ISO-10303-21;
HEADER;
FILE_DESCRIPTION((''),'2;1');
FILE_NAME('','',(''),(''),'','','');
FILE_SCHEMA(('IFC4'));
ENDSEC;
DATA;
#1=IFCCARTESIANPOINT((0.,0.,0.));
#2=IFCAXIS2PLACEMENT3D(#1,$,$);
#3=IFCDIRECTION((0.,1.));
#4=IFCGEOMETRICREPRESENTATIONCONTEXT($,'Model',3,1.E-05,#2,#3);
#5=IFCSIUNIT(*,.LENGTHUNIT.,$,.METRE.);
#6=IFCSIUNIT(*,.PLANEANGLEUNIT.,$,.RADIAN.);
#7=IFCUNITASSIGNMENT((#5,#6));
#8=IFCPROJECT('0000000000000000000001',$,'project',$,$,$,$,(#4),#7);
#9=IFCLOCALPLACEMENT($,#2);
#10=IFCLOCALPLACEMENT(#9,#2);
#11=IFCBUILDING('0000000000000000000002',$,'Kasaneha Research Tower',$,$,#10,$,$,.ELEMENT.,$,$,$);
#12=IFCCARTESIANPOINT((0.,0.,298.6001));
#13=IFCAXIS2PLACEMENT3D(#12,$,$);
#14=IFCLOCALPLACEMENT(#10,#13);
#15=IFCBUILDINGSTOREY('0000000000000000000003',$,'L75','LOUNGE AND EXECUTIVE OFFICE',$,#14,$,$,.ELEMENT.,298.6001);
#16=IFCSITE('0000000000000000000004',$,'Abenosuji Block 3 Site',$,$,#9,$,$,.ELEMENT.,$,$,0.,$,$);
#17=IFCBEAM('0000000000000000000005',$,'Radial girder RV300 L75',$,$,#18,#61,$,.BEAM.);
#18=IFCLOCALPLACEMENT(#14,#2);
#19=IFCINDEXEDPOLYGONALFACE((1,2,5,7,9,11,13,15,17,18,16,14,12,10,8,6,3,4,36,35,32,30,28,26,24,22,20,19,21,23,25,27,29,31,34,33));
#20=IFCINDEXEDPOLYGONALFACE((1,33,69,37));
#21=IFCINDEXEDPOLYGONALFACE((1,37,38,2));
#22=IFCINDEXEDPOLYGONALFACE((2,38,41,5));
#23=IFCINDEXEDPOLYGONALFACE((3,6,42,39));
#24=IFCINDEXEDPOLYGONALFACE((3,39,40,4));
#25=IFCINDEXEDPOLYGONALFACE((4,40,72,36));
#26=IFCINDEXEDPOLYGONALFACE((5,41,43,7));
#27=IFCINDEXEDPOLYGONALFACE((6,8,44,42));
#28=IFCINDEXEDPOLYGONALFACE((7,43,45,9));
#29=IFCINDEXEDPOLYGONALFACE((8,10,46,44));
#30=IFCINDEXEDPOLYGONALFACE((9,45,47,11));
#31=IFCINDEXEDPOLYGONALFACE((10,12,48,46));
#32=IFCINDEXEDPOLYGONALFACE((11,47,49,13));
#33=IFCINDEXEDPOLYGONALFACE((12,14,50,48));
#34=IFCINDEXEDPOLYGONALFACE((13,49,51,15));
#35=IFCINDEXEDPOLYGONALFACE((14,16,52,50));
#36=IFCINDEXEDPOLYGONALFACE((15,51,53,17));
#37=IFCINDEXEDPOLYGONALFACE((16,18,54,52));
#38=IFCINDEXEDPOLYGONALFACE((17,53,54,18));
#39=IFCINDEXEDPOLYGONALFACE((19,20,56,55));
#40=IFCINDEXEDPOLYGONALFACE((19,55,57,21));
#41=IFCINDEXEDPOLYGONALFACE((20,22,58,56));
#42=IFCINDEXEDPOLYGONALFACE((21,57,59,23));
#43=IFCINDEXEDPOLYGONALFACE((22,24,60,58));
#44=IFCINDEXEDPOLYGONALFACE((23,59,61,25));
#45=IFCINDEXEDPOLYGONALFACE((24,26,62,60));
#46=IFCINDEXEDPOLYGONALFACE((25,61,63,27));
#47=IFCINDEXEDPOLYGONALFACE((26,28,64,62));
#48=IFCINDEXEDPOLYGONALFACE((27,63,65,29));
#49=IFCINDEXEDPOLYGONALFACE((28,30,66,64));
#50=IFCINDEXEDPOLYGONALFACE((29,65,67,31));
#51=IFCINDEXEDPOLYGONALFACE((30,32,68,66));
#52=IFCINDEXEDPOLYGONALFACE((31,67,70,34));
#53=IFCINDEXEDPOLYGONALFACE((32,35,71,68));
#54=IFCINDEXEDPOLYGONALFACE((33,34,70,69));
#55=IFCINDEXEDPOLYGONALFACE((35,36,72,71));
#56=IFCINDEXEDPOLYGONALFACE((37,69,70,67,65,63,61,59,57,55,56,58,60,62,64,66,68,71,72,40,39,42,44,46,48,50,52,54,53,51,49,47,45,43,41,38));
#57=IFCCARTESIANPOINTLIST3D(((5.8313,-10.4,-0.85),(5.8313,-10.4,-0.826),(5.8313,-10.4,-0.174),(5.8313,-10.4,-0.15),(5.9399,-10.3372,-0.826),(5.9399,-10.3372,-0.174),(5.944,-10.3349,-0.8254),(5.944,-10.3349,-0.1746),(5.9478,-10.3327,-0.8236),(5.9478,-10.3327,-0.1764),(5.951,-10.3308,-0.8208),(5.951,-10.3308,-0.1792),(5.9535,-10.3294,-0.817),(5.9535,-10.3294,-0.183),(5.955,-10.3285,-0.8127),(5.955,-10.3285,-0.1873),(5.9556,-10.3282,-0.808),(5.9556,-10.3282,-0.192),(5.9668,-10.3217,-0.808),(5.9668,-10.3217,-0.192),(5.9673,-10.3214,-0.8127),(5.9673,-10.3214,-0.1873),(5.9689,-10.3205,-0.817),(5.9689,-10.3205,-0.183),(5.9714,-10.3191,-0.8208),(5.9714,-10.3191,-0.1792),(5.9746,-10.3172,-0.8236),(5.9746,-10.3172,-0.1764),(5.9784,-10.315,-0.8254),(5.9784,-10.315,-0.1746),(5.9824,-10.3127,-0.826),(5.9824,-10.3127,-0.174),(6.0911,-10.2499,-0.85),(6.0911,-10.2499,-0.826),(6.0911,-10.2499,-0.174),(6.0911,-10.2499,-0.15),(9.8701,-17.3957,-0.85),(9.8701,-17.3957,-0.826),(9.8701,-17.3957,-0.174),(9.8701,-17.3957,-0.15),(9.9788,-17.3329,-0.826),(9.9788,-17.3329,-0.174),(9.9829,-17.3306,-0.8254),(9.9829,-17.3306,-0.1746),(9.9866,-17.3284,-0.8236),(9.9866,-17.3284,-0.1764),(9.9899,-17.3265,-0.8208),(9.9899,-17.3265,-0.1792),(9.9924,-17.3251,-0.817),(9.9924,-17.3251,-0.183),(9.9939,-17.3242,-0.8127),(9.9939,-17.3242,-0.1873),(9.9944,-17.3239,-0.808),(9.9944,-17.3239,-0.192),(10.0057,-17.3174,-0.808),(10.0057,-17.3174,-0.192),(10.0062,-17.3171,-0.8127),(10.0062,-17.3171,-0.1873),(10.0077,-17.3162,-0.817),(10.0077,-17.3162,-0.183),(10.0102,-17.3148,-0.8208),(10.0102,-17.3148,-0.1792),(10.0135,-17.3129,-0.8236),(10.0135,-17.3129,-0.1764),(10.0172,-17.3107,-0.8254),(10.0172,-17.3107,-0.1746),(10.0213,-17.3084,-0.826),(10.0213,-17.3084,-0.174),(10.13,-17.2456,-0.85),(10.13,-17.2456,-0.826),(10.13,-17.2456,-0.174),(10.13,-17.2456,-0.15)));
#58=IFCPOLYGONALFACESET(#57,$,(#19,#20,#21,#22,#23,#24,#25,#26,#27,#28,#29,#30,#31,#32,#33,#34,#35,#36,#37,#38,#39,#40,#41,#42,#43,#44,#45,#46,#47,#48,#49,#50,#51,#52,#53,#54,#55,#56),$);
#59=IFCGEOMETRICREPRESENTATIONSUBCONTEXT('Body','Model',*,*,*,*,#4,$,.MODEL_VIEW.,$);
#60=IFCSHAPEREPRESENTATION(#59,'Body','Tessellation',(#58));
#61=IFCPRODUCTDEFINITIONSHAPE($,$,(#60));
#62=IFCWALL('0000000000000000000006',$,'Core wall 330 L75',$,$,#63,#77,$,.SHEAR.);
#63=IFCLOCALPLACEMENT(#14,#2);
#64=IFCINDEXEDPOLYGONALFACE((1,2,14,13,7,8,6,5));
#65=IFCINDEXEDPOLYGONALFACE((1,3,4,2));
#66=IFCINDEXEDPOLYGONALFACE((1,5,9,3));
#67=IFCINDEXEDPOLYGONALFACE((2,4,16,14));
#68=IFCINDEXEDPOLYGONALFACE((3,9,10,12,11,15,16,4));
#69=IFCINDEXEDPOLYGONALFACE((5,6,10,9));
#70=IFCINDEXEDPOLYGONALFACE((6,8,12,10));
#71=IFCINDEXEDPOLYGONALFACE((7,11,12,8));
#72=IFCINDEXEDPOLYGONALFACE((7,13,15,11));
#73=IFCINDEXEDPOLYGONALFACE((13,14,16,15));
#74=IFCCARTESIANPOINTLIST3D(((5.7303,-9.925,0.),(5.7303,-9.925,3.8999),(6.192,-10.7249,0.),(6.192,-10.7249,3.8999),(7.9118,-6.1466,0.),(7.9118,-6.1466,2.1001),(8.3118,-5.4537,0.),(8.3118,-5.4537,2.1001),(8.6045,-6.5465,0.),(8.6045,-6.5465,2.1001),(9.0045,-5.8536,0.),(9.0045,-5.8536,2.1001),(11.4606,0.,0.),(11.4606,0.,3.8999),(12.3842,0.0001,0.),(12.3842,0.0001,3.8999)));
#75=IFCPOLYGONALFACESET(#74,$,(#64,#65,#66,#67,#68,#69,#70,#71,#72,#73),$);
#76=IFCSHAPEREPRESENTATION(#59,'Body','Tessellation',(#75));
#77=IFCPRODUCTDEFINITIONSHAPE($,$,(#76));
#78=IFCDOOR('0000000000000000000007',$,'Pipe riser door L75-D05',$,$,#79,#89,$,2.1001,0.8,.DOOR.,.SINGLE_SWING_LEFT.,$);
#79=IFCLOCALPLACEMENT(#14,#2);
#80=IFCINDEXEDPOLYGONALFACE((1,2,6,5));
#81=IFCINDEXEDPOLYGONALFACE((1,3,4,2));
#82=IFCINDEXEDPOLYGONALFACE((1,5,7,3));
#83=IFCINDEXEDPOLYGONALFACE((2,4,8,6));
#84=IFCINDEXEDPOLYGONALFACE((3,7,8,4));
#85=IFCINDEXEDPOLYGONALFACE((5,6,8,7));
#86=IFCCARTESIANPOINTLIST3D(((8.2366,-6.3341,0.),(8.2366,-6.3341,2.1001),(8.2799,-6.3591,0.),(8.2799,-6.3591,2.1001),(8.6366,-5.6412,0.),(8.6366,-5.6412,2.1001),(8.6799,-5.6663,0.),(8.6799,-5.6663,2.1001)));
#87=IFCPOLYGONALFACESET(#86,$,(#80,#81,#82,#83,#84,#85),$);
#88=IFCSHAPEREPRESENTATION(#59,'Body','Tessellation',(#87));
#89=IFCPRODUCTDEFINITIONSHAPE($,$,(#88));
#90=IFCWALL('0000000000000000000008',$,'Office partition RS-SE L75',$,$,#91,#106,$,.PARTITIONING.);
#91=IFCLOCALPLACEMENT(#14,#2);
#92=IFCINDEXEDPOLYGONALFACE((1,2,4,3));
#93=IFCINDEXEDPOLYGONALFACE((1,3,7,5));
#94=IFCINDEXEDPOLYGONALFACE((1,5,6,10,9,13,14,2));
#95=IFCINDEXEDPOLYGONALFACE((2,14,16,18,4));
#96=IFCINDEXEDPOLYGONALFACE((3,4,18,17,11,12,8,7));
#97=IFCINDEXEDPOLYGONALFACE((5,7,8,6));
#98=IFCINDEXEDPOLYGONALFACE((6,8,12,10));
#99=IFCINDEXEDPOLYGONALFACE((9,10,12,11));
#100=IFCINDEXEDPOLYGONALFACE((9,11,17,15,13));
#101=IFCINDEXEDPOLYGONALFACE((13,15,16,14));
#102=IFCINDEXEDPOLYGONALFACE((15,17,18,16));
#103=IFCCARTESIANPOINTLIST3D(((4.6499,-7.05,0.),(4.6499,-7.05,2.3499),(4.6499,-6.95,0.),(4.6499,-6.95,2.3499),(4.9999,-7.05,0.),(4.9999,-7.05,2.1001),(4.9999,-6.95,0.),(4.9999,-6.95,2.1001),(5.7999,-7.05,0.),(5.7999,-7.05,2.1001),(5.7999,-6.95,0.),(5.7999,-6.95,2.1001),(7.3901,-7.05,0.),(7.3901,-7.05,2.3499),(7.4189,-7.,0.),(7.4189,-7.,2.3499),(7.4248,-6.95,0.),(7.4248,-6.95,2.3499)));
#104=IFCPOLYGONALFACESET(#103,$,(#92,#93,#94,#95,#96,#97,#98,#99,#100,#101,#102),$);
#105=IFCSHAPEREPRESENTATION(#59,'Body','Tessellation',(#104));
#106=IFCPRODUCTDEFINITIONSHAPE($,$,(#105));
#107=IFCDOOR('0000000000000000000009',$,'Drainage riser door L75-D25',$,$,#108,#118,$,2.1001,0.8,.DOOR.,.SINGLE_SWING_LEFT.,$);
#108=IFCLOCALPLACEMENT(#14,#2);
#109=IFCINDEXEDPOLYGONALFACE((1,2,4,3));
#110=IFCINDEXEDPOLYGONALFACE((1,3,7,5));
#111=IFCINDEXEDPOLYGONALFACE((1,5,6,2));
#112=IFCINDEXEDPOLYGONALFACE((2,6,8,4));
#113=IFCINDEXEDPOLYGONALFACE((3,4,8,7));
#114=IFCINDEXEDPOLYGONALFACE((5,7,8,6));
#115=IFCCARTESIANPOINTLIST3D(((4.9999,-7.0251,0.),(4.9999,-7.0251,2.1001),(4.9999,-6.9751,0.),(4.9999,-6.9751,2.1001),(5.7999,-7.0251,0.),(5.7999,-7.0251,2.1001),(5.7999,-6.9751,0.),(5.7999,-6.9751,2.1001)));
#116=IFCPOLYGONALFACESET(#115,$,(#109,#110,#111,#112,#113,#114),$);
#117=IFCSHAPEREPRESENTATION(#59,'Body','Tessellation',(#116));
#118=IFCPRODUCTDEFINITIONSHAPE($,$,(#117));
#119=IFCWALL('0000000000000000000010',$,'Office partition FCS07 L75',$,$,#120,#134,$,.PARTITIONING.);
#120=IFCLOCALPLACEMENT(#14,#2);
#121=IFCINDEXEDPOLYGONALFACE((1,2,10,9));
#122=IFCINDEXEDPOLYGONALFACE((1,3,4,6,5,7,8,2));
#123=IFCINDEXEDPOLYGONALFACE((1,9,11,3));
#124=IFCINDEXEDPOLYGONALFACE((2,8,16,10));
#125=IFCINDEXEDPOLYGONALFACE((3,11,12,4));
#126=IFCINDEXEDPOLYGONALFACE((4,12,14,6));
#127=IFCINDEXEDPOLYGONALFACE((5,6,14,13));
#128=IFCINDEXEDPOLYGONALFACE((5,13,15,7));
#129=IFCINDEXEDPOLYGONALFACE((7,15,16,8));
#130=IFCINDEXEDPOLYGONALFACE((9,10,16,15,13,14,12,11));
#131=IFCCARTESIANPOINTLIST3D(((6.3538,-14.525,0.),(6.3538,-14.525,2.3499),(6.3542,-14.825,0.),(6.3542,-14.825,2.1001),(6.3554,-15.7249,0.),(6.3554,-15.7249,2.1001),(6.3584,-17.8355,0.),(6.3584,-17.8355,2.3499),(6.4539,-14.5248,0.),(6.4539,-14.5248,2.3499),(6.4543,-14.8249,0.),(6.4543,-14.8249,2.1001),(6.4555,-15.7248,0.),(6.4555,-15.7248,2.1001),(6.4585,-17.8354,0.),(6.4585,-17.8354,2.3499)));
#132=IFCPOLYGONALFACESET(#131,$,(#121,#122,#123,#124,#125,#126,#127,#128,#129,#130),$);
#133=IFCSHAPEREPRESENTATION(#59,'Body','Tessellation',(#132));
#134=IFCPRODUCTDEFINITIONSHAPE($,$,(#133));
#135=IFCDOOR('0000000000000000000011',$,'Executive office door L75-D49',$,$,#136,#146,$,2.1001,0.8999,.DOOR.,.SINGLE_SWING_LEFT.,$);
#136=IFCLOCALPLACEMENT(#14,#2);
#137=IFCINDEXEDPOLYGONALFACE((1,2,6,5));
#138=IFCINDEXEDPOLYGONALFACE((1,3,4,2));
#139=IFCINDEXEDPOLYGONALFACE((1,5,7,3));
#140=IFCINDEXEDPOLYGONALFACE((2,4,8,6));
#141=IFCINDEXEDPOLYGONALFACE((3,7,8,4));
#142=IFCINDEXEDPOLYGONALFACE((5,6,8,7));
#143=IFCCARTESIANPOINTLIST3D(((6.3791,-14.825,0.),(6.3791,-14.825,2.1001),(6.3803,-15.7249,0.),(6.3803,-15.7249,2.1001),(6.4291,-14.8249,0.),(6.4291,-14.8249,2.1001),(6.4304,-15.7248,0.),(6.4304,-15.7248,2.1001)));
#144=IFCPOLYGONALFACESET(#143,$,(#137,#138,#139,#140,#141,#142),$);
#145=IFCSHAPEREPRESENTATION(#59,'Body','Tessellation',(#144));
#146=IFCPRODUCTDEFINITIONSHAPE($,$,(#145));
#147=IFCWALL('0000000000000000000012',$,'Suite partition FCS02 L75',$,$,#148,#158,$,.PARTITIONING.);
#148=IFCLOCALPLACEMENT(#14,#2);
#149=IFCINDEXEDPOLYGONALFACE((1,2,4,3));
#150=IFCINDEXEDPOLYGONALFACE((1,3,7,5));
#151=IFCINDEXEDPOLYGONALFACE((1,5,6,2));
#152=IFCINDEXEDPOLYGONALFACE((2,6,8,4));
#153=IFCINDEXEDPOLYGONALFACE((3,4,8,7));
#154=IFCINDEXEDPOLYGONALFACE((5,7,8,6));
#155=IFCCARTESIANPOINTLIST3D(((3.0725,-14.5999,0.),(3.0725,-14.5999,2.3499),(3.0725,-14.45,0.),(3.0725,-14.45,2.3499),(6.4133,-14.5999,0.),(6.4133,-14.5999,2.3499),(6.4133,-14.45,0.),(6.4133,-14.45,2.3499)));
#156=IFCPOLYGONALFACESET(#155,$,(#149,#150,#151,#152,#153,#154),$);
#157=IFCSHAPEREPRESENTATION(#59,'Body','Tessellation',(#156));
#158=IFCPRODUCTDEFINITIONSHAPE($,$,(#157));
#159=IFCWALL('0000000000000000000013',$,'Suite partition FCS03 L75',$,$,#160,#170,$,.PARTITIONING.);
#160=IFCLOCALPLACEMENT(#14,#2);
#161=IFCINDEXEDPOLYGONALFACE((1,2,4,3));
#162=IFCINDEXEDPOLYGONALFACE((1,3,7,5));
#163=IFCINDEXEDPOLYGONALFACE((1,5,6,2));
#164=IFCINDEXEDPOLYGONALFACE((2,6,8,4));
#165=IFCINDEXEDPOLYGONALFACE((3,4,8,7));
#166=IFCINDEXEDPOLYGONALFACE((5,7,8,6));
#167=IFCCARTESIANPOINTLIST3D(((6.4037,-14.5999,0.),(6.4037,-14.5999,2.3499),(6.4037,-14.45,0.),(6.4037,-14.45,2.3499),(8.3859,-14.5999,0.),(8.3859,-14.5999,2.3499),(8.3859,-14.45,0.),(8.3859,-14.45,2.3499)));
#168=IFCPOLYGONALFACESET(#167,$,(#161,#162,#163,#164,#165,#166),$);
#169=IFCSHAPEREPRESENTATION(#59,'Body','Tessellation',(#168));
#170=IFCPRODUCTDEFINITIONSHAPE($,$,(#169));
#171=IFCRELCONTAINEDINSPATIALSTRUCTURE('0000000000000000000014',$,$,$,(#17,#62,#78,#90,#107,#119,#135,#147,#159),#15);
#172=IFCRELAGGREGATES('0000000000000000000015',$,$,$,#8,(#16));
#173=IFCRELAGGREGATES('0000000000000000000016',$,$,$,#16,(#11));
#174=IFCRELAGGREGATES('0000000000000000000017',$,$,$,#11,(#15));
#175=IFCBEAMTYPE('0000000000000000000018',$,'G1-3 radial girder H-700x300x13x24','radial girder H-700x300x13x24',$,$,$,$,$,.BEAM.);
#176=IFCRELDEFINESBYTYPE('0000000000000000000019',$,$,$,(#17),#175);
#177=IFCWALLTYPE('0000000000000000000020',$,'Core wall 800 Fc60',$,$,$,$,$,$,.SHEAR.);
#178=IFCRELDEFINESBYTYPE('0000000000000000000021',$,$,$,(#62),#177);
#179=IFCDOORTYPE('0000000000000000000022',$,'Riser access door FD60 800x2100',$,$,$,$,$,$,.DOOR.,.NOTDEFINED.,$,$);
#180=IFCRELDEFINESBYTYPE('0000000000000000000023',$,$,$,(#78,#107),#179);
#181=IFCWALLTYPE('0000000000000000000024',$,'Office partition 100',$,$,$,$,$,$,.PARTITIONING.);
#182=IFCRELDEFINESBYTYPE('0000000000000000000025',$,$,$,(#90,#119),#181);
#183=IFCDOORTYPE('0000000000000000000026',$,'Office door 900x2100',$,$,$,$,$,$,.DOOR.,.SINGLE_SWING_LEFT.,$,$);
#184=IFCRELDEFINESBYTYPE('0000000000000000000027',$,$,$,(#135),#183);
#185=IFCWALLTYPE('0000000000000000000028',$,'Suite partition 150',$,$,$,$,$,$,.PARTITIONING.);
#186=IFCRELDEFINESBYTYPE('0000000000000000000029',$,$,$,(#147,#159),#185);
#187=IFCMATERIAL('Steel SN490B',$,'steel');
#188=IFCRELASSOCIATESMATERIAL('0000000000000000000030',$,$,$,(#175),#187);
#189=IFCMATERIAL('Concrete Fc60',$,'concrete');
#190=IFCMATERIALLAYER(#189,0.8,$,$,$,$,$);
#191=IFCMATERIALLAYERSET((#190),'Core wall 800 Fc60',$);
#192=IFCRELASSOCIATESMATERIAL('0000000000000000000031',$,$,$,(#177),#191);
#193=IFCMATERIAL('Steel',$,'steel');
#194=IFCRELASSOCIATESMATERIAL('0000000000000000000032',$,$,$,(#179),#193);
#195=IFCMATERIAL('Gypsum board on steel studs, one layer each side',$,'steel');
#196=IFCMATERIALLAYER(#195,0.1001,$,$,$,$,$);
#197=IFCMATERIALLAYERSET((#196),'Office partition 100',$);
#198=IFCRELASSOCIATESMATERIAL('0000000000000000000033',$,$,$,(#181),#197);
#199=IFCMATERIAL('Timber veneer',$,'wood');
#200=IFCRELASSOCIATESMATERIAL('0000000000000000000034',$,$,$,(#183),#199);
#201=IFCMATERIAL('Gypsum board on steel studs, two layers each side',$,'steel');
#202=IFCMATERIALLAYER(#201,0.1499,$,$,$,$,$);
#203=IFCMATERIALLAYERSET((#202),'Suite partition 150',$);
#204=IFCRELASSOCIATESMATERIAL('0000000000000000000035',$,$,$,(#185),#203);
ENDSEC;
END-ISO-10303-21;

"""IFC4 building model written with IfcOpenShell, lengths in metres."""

from ifc_helpers import new_model, si_unit, direction, frame, frame_2d, origin, origin_2d, place, context, subcontext, project, spatial, polyline, rectangle, i_section, outline, extrude, material, layer, layer_set, material_profile, profile_set, type_object, element, fill, save


model = new_model("IFC4")

# Units and contexts
model_context = context("Model", 3, precision=1e-05, world=origin(), true_north=direction((0.0, 1.0)))
body_context = subcontext(model_context, "Body", "Model", "MODEL_VIEW")
ifc_project = project(units=[si_unit("LENGTHUNIT", "METRE"), si_unit("PLANEANGLEUNIT", "RADIAN")], contexts=[model_context])

# Site, building, storey
site_placement = place(None, origin())
site = spatial("IfcSite", under=ifc_project, at=site_placement, Name="Abenosuji Block 3 Site", CompositionType="ELEMENT", RefElevation=0.0)
building_placement = place(site_placement, origin())
building = spatial("IfcBuilding", under=site, at=building_placement, Name="Kasaneha Research Tower", CompositionType="ELEMENT")
storey_placement = place(building_placement, frame((0.0, 0.0, 298.6001)))
storey = spatial("IfcBuildingStorey", under=building, at=storey_placement, Name="L75", Description="LOUNGE AND EXECUTIVE OFFICE", CompositionType="ELEMENT", Elevation=298.6001)

# Beam
ifc_material_1 = material(Name="Steel SN490B", Category="steel")
ifc_material_profile_1 = material_profile(ifc_material_1, i_section(OverallWidth=0.3, OverallDepth=0.7, WebThickness=0.0129, FlangeThickness=0.0239, FilletRadius=0.0181, at=origin_2d()), Name="H-700x300x13x24")
ifc_profile_set_1 = profile_set([ifc_material_profile_1], Name="Steel SN490B")
beam_type_1 = type_object("IfcBeamType", Name="G1-3 radial girder H-700x300x13x24", Description="radial girder H-700x300x13x24", PredefinedType="BEAM", material=ifc_profile_set_1)
beam_1_placement = place(storey_placement, frame((5.9612, -10.325, -0.5), z_axis=(0.499991, -0.866031, 0.0), x_axis=(0.866031, 0.499991, 0.0)))
element("IfcBeam", 1, at=beam_1_placement, inside=storey, type_object=beam_type_1, Name="Radial girder RV300 L75", PredefinedType="BEAM", context=body_context, shape_type="SweptSolid", body=[
    extrude(i_section(OverallWidth=0.3, OverallDepth=0.7, WebThickness=0.0129, FlangeThickness=0.0239, FilletRadius=0.0181, at=origin_2d()), origin(), (0.0, 0.0, 1.0), 8.0779),
])

# Walls, openings, doors
ifc_material_2 = material(Name="Concrete Fc60", Category="concrete")
ifc_layer_1 = layer(ifc_material_2, 0.8)
ifc_layer_set_1 = layer_set([ifc_layer_1], Name="Core wall 800 Fc60")
wall_type_1 = type_object("IfcWallType", Name="Core wall 800 Fc60", PredefinedType="SHEAR", material=ifc_layer_set_1)
wall_1_placement = place(storey_placement, frame((5.9612, -10.325, 0.0), z_axis=(0.0, 0.0, 1.0), x_axis=(0.500004, 0.866023, 0.0)))
wall_1 = element("IfcWall", 2, at=wall_1_placement, inside=storey, type_object=wall_type_1, Name="Core wall 330 L75", PredefinedType="SHEAR", context=body_context, shape_type="SweptSolid", body=[
    extrude(outline(polyline([(-0.231, -0.3999), (4.594, -0.3999), (5.394, -0.3999), (12.1533, -0.3999), (11.6914, 0.3999), (5.394, 0.3999), (4.594, 0.3999), (0.231, 0.3999), (-0.231, -0.3999)])), origin(), (0.0, 0.0, 1.0), 3.8999),
])
opening_1_placement = place(wall_1_placement, frame((4.594, 0.0, 0.0)))
opening_1 = element("IfcOpeningElement", 3, at=opening_1_placement, cuts=wall_1, PredefinedType="OPENING", context=body_context, shape_type="SweptSolid", body=[
    extrude(rectangle(XDim=0.8, YDim=2.1001, at=frame_2d((0.3999, 1.05))), frame((0.0, 0.4102, 0.0), z_axis=(0.0, -1.0, 0.0), x_axis=(1.0, 0.0, 0.0)), (0.0, 0.0, 1.0), 0.8201),
])
ifc_material_3 = material(Name="Steel", Category="steel")
door_type_1 = type_object("IfcDoorType", Name="Riser access door FD60 800x2100", OperationType="NOTDEFINED", PredefinedType="DOOR", material=ifc_material_3)
door_1_placement = place(opening_1_placement, origin())
door_1 = element("IfcDoor", 4, at=door_1_placement, inside=storey, type_object=door_type_1, Name="Pipe riser door L75-D05", OperationType="SINGLE_SWING_LEFT", OverallHeight=2.1001, OverallWidth=0.8, PredefinedType="DOOR", context=body_context, shape_type="SweptSolid", body=[
    extrude(rectangle(XDim=0.8, YDim=2.1001, at=frame_2d((0.3999, 1.05))), frame((0.0, 0.0249, 0.0), z_axis=(0.0, -1.0, 0.0), x_axis=(1.0, 0.0, 0.0)), (0.0, 0.0, 1.0), 0.05),
])
fill(opening_1, door_1)
ifc_material_4 = material(Name="Gypsum board on steel studs, one layer each side", Category="steel")
ifc_layer_2 = layer(ifc_material_4, 0.1001)
ifc_layer_set_2 = layer_set([ifc_layer_2], Name="Office partition 100")
wall_type_2 = type_object("IfcWallType", Name="Office partition 100", PredefinedType="PARTITIONING", material=ifc_layer_set_2)
wall_2_placement = place(storey_placement, frame((4.6499, -7.0, 0.0), z_axis=(0.0, 0.0, 1.0), x_axis=(1.0, 0.0, 0.0)))
wall_2 = element("IfcWall", 5, at=wall_2_placement, inside=storey, type_object=wall_type_2, Name="Office partition RS-SE L75", PredefinedType="PARTITIONING", context=body_context, shape_type="SweptSolid", body=[
    extrude(outline(polyline([(0.0, -0.05), (0.3501, -0.05), (1.1501, -0.05), (2.7402, -0.05), (2.769, 0.0), (2.7749, 0.05), (1.1501, 0.05), (0.3501, 0.05), (0.0, 0.05), (0.0, -0.05)])), origin(), (0.0, 0.0, 1.0), 2.3499),
])
opening_2_placement = place(wall_2_placement, frame((0.3501, 0.0, 0.0)))
opening_2 = element("IfcOpeningElement", 6, at=opening_2_placement, cuts=wall_2, PredefinedType="OPENING", context=body_context, shape_type="SweptSolid", body=[
    extrude(rectangle(XDim=0.8, YDim=2.1001, at=frame_2d((0.3999, 1.05))), frame((0.0, 0.0601, 0.0), z_axis=(0.0, -1.0, 0.0), x_axis=(1.0, 0.0, 0.0)), (0.0, 0.0, 1.0), 0.1201),
])
door_2_placement = place(opening_2_placement, origin())
door_2 = element("IfcDoor", 7, at=door_2_placement, inside=storey, type_object=door_type_1, Name="Drainage riser door L75-D25", OperationType="SINGLE_SWING_LEFT", OverallHeight=2.1001, OverallWidth=0.8, PredefinedType="DOOR", context=body_context, shape_type="SweptSolid", body=[
    extrude(rectangle(XDim=0.8, YDim=2.1001, at=frame_2d((0.3999, 1.05))), frame((0.0, 0.0249, 0.0), z_axis=(0.0, -1.0, 0.0), x_axis=(1.0, 0.0, 0.0)), (0.0, 0.0, 1.0), 0.05),
])
fill(opening_2, door_2)
wall_3_placement = place(storey_placement, frame((6.4038, -14.5249, 0.0), z_axis=(0.0, 0.0, 1.0), x_axis=(0.001401, -0.999999, 0.0)))
wall_3 = element("IfcWall", 8, at=wall_3_placement, inside=storey, type_object=wall_type_2, Name="Office partition FCS07 L75", PredefinedType="PARTITIONING", context=body_context, shape_type="SweptSolid", body=[
    extrude(rectangle(XDim=3.3105, YDim=0.1001, at=frame_2d((1.6553, 0.0))), origin(), (0.0, 0.0, 1.0), 2.3499),
])
opening_3_placement = place(wall_3_placement, frame((0.3, 0.0, 0.0)))
opening_3 = element("IfcOpeningElement", 9, at=opening_3_placement, cuts=wall_3, PredefinedType="OPENING", context=body_context, shape_type="SweptSolid", body=[
    extrude(rectangle(XDim=0.8999, YDim=2.1001, at=frame_2d((0.45, 1.05))), frame((0.0, 0.0601, 0.0), z_axis=(0.0, -1.0, 0.0), x_axis=(1.0, 0.0, 0.0)), (0.0, 0.0, 1.0), 0.1201),
])
ifc_material_5 = material(Name="Timber veneer", Category="wood")
door_type_2 = type_object("IfcDoorType", Name="Office door 900x2100", OperationType="SINGLE_SWING_LEFT", PredefinedType="DOOR", material=ifc_material_5)
door_3_placement = place(opening_3_placement, origin())
door_3 = element("IfcDoor", 10, at=door_3_placement, inside=storey, type_object=door_type_2, Name="Executive office door L75-D49", OperationType="SINGLE_SWING_LEFT", OverallHeight=2.1001, OverallWidth=0.8999, PredefinedType="DOOR", context=body_context, shape_type="SweptSolid", body=[
    extrude(rectangle(XDim=0.8999, YDim=2.1001, at=frame_2d((0.45, 1.05))), frame((0.0, 0.0249, 0.0), z_axis=(0.0, -1.0, 0.0), x_axis=(1.0, 0.0, 0.0)), (0.0, 0.0, 1.0), 0.05),
])
fill(opening_3, door_3)

# Walls
ifc_material_6 = material(Name="Gypsum board on steel studs, two layers each side", Category="steel")
ifc_layer_3 = layer(ifc_material_6, 0.1499)
ifc_layer_set_3 = layer_set([ifc_layer_3], Name="Suite partition 150")
wall_type_3 = type_object("IfcWallType", Name="Suite partition 150", PredefinedType="PARTITIONING", material=ifc_layer_set_3)
wall_4_placement = place(storey_placement, frame((6.4133, -14.5249, 0.0), z_axis=(0.0, 0.0, 1.0), x_axis=(-1.0, 0.0, 0.0)))
element("IfcWall", 11, at=wall_4_placement, inside=storey, type_object=wall_type_3, Name="Suite partition FCS02 L75", PredefinedType="PARTITIONING", context=body_context, shape_type="SweptSolid", body=[
    extrude(rectangle(XDim=3.3408, YDim=0.1499, at=frame_2d((1.6704, 0.0))), origin(), (0.0, 0.0, 1.0), 2.3499),
])
wall_5_placement = place(storey_placement, frame((8.386, -14.5249, 0.0), z_axis=(0.0, 0.0, 1.0), x_axis=(-1.0, 0.0, 0.0)))
element("IfcWall", 12, at=wall_5_placement, inside=storey, type_object=wall_type_3, Name="Suite partition FCS03 L75", PredefinedType="PARTITIONING", context=body_context, shape_type="SweptSolid", body=[
    extrude(rectangle(XDim=1.9822, YDim=0.1499, at=frame_2d((0.9912, 0.0))), origin(), (0.0, 0.0, 1.0), 2.3499),
])

save(model, "model.ifc")
